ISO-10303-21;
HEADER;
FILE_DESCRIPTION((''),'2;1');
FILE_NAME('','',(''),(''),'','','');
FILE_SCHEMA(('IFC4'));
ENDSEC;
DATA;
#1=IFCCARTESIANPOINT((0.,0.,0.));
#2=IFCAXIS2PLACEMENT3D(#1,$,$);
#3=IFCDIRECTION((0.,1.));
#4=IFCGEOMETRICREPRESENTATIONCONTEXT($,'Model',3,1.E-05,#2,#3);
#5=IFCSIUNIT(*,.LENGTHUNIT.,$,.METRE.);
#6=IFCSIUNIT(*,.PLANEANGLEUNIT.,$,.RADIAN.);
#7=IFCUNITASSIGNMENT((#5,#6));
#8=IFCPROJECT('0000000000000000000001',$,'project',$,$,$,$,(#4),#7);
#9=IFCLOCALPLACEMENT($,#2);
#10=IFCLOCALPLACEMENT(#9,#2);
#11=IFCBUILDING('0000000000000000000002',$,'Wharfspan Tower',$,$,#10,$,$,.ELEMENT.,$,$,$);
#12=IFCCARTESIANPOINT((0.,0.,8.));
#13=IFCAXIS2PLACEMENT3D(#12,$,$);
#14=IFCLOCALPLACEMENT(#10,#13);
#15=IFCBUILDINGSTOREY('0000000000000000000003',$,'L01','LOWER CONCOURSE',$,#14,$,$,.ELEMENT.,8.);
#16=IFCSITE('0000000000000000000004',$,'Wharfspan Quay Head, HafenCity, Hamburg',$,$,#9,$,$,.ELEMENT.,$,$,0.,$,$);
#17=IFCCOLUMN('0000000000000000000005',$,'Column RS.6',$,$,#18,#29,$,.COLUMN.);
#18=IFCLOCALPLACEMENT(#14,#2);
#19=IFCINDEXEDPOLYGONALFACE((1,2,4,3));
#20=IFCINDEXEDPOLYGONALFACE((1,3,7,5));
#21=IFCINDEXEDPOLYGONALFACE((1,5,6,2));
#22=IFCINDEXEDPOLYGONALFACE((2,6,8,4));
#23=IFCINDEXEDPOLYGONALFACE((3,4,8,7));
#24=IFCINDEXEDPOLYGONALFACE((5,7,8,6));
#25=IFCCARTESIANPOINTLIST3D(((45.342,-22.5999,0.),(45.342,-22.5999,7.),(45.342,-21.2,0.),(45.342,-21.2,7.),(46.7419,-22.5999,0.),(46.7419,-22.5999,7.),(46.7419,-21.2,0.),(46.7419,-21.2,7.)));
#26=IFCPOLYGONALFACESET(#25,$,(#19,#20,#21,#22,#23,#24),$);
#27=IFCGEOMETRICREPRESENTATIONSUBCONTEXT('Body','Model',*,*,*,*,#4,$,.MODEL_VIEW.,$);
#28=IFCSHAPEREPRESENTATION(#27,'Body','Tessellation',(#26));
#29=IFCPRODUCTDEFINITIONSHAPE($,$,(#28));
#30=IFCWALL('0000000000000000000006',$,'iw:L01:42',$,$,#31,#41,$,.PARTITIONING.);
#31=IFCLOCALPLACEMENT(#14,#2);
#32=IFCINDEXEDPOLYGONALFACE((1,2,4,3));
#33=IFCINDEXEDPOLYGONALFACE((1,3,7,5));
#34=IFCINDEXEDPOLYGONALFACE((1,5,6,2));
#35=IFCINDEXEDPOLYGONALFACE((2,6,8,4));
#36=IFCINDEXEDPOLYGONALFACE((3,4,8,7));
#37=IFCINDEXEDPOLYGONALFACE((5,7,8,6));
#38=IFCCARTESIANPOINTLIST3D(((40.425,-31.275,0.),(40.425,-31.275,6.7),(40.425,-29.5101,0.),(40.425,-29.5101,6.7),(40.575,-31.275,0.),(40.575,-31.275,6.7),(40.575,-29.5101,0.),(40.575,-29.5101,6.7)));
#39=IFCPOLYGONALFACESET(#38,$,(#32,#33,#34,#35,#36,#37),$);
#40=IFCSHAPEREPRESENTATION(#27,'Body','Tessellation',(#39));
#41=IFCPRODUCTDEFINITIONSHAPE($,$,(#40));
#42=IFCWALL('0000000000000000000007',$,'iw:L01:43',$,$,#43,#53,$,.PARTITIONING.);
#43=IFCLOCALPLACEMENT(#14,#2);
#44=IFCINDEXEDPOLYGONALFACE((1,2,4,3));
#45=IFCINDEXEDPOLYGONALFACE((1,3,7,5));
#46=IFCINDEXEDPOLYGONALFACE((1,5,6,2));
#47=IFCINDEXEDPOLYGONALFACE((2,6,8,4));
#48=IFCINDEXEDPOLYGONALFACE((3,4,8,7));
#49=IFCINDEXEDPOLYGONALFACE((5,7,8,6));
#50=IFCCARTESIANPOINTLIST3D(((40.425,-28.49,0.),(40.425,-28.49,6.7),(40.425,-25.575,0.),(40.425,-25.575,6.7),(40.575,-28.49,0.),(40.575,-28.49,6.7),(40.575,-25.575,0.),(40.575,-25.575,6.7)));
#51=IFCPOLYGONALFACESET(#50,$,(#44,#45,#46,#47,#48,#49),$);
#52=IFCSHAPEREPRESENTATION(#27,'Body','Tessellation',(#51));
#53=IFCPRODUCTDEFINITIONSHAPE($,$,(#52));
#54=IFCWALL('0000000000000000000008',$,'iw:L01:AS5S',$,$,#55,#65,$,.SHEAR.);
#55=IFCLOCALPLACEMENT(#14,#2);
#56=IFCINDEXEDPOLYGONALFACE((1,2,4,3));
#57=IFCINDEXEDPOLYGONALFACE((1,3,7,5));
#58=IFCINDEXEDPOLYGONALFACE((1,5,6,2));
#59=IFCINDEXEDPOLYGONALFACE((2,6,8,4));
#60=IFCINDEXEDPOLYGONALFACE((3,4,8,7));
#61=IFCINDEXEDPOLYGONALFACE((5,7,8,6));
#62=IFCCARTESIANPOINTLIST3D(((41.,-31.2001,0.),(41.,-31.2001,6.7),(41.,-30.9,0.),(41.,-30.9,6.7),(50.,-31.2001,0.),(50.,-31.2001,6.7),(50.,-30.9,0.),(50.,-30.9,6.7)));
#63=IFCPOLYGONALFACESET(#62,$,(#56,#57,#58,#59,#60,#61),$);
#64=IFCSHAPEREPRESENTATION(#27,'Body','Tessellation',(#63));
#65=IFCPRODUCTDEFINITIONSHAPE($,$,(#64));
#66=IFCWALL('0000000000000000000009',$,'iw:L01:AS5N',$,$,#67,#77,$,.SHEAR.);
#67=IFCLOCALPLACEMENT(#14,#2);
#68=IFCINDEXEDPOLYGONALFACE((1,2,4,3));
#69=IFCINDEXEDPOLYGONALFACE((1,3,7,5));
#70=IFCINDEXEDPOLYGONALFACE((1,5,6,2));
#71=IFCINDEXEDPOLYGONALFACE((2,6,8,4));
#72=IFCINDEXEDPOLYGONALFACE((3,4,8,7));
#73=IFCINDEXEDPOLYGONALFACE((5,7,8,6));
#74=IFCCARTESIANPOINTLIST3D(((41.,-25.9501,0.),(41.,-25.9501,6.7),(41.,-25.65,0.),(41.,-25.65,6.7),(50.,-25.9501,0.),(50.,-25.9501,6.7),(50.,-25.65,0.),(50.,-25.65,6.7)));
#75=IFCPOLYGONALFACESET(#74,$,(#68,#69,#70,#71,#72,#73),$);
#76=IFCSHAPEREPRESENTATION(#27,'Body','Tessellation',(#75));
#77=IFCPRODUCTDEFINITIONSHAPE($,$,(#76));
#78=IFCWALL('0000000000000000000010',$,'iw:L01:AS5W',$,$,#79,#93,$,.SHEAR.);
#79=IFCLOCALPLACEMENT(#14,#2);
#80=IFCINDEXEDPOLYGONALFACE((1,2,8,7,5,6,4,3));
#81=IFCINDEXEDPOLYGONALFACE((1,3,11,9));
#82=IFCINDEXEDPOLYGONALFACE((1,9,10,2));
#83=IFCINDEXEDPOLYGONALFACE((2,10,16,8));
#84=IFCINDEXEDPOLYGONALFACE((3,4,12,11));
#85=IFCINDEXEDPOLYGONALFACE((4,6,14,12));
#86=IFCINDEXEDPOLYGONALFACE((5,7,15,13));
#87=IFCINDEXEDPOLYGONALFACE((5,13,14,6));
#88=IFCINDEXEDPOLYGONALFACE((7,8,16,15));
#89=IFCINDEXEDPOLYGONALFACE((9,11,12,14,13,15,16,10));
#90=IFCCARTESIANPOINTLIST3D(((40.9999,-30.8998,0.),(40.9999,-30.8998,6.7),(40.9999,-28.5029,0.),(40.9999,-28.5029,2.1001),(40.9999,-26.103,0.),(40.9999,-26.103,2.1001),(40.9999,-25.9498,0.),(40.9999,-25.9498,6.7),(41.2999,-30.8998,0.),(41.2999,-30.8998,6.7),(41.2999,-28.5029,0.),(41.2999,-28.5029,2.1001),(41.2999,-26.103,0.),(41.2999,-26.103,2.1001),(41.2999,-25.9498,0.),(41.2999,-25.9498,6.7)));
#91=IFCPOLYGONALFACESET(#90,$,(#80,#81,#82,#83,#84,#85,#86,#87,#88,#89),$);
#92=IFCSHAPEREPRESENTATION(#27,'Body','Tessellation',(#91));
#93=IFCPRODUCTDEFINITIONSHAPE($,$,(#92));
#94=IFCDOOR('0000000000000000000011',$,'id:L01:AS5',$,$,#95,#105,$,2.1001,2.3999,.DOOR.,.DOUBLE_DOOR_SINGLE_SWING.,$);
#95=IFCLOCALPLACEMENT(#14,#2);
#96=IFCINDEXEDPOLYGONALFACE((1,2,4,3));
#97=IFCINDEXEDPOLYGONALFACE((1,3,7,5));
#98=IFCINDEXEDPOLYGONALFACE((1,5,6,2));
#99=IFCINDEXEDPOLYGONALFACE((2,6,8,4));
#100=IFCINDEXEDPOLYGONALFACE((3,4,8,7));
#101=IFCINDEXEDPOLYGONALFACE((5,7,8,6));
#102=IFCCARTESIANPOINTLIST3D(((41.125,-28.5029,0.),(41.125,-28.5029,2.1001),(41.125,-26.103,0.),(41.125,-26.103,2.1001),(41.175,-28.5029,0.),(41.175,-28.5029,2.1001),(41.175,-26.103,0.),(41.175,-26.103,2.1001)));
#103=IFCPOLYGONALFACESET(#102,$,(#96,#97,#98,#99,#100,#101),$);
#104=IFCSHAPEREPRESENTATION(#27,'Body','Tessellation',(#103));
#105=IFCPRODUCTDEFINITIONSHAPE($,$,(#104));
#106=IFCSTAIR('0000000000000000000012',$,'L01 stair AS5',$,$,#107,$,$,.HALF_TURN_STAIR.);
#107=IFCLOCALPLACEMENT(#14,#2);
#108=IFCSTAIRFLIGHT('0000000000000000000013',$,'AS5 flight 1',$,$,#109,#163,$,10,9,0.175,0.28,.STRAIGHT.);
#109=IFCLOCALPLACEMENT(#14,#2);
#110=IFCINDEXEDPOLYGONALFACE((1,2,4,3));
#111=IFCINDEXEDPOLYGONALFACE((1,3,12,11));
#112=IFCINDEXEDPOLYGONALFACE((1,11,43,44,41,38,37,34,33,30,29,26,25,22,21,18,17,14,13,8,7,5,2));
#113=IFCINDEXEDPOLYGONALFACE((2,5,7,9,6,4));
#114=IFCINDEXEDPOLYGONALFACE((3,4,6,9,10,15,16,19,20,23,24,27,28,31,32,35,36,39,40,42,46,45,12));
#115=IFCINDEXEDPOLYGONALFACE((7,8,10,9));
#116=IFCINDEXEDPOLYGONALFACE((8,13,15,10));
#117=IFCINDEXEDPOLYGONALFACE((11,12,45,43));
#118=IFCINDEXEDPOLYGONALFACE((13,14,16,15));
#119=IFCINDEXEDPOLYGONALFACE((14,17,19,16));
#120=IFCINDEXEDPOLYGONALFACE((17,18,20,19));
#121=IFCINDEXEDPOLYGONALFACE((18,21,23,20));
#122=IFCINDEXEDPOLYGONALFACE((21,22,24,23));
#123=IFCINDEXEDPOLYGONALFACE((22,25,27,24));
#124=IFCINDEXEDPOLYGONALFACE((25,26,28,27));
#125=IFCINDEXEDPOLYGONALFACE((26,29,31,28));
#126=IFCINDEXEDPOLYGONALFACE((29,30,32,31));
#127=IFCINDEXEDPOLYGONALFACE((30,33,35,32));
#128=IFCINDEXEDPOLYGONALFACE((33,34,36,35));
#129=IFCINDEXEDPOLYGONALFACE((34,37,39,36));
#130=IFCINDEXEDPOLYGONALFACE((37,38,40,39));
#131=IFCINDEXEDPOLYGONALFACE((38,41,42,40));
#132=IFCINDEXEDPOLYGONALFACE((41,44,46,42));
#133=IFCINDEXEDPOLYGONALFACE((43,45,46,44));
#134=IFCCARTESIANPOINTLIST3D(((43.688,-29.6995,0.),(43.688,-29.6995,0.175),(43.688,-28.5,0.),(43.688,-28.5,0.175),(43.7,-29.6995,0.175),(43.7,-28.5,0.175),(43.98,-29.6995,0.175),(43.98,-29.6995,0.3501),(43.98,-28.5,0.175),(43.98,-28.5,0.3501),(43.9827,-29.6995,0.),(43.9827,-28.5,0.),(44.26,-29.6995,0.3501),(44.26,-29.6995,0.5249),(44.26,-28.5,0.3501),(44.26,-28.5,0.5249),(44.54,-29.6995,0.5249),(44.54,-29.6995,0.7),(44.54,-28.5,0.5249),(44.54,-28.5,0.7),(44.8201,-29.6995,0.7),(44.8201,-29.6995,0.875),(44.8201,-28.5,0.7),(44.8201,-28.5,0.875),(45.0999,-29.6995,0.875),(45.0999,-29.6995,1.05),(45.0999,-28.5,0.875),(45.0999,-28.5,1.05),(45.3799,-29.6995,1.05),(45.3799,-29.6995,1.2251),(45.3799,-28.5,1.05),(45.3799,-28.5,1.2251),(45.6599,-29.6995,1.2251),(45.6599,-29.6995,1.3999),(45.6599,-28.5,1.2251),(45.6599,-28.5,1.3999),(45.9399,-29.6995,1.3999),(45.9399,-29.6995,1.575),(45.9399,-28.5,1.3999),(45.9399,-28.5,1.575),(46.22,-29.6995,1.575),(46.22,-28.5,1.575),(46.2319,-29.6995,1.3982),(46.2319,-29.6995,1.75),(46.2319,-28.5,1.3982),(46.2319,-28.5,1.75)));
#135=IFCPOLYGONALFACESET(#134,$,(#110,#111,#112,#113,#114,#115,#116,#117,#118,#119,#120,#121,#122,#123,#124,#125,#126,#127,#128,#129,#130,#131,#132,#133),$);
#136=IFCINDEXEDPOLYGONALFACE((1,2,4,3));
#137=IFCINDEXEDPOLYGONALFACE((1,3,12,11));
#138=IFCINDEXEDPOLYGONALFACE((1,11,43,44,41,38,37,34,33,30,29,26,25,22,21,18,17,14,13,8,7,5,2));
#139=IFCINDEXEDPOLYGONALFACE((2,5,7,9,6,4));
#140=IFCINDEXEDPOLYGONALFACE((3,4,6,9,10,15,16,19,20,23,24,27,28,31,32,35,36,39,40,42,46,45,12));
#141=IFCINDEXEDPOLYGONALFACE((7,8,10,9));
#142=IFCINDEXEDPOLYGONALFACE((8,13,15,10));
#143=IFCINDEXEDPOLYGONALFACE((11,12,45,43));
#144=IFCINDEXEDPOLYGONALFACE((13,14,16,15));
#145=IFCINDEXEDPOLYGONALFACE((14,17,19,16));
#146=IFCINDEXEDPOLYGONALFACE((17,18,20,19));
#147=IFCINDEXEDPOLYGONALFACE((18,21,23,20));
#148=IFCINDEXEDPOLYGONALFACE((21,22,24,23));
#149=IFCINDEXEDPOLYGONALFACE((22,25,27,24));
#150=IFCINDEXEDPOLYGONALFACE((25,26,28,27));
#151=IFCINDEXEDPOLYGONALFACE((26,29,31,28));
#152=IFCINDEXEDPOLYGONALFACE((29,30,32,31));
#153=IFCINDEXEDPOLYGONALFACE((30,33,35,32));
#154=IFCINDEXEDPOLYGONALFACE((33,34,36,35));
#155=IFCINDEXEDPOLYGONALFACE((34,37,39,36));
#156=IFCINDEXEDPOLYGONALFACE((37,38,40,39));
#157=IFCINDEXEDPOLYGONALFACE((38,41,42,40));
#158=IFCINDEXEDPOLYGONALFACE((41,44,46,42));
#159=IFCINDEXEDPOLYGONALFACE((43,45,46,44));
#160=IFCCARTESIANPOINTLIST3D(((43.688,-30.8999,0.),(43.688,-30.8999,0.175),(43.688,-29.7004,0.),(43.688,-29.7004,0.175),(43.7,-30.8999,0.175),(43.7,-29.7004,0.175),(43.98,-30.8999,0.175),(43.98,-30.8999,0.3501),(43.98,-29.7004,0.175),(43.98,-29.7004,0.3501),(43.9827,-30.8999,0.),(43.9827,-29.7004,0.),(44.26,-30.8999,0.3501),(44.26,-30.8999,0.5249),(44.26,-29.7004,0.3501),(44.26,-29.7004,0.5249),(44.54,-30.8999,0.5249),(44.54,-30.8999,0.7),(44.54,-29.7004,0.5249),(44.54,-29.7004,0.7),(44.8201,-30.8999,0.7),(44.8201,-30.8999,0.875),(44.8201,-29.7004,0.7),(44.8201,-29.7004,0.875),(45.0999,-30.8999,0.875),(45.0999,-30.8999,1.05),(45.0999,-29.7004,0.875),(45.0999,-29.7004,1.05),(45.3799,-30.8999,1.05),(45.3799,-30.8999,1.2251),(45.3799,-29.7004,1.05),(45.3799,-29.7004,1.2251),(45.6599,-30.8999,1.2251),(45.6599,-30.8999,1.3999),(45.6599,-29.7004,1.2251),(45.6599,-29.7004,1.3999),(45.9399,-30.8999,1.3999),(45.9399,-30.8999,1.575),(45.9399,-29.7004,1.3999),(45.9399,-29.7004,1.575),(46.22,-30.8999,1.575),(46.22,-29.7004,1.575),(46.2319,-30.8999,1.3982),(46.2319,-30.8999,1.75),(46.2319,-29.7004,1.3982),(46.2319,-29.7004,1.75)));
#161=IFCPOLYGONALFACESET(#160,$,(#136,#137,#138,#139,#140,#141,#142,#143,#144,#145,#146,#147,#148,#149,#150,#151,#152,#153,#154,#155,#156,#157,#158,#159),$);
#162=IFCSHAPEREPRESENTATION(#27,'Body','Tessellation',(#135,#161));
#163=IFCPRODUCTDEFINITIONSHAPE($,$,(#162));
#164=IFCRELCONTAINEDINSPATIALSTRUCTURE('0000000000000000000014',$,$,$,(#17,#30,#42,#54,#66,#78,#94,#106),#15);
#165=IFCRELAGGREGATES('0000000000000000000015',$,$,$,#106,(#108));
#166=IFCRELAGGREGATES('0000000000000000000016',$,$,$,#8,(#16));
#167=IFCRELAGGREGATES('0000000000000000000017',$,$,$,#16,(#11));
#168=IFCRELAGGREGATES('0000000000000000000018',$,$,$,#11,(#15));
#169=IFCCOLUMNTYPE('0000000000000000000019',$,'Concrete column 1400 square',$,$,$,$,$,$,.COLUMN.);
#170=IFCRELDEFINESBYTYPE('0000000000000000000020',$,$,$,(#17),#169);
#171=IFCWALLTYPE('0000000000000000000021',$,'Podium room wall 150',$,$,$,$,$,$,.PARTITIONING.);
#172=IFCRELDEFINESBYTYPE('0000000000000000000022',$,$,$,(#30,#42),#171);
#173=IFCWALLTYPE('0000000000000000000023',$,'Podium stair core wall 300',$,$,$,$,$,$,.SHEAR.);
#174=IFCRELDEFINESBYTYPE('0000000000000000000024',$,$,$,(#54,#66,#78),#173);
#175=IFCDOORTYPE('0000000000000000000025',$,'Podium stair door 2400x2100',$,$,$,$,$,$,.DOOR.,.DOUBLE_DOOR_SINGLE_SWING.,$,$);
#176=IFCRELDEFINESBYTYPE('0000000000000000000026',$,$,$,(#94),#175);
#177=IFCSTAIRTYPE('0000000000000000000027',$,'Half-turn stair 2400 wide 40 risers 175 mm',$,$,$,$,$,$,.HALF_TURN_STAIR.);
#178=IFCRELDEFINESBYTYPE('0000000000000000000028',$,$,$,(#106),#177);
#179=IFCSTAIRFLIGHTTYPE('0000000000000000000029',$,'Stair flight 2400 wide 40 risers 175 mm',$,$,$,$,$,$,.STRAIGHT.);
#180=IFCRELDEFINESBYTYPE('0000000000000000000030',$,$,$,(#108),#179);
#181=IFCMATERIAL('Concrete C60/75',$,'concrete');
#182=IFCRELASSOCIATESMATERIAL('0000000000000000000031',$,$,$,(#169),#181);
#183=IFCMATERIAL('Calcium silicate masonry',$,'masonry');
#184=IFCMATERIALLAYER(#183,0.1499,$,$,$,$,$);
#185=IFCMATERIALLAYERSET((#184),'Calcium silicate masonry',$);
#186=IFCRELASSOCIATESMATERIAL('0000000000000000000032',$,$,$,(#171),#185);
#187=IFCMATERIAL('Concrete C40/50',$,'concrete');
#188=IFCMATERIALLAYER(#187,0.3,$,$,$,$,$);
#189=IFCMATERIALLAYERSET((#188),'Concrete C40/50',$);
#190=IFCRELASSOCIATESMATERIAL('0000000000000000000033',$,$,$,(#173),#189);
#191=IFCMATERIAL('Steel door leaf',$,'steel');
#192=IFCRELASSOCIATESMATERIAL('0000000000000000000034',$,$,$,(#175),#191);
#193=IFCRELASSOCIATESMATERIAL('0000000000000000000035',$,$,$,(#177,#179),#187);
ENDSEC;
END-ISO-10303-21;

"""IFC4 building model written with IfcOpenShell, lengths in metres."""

from ifc_helpers import new_model, si_unit, direction, frame, frame_2d, origin, origin_2d, place, context, subcontext, project, spatial, polyline, rectangle, outline, extrude, material, layer, layer_set, material_profile, profile_set, type_object, element, fill, aggregate, save


model = new_model("IFC4")

# Units and contexts
model_context = context("Model", 3, precision=1e-05, world=origin(), true_north=direction((0.0, 1.0)))
body_context = subcontext(model_context, "Body", "Model", "MODEL_VIEW")
ifc_project = project(units=[si_unit("LENGTHUNIT", "METRE"), si_unit("PLANEANGLEUNIT", "RADIAN")], contexts=[model_context])

# Site, building, storey
site_placement = place(None, origin())
site = spatial("IfcSite", under=ifc_project, at=site_placement, Name="Wharfspan Quay Head, HafenCity, Hamburg", CompositionType="ELEMENT", RefElevation=0.0)
building_placement = place(site_placement, origin())
building = spatial("IfcBuilding", under=site, at=building_placement, Name="Wharfspan Tower", CompositionType="ELEMENT")
storey_placement = place(building_placement, frame((0.0, 0.0, 8.0)))
storey = spatial("IfcBuildingStorey", under=building, at=storey_placement, Name="L01", Description="LOWER CONCOURSE", CompositionType="ELEMENT", Elevation=8.0)

# Column
ifc_material_1 = material(Name="Concrete C60/75", Category="concrete")
ifc_material_profile = material_profile(ifc_material_1, rectangle(XDim=1.3999, YDim=1.3999, at=origin_2d()))
ifc_profile_set = profile_set([ifc_material_profile], Name="Concrete C60/75")
column_type = type_object("IfcColumnType", Name="Concrete column 1400 square", PredefinedType="COLUMN", material=ifc_profile_set)
column_placement = place(storey_placement, frame((46.042, -21.8999, 0.0), z_axis=(0.0, 0.0, 1.0), x_axis=(1.0, 0.0, 0.0)))
element("IfcColumn", 1, at=column_placement, inside=storey, type_object=column_type, Name="Column RS.6", PredefinedType="COLUMN", context=body_context, shape_type="SweptSolid", body=[
    extrude(rectangle(XDim=1.3999, YDim=1.3999, at=origin_2d()), origin(), (0.0, 0.0, 1.0), 7.0),
])

# Walls
ifc_material_2 = material(Name="Calcium silicate masonry", Category="masonry")
ifc_layer_1 = layer(ifc_material_2, 0.1499)
ifc_layer_set_1 = layer_set([ifc_layer_1], Name="Calcium silicate masonry")
wall_type_1 = type_object("IfcWallType", Name="Podium room wall 150", PredefinedType="PARTITIONING", material=ifc_layer_set_1)
wall_1_placement = place(storey_placement, frame((40.5, -31.2749, 0.0), z_axis=(0.0, 0.0, 1.0), x_axis=(0.0, 1.0, 0.0)))
element("IfcWall", 2, at=wall_1_placement, inside=storey, type_object=wall_type_1, Name="iw:L01:42", PredefinedType="PARTITIONING", context=body_context, shape_type="SweptSolid", body=[
    extrude(rectangle(XDim=1.7649, YDim=0.1499, at=frame_2d((0.8823, 0.0))), origin(), (0.0, 0.0, 1.0), 6.7),
])
wall_2_placement = place(storey_placement, frame((40.5, -28.49, 0.0), z_axis=(0.0, 0.0, 1.0), x_axis=(0.0, 1.0, 0.0)))
element("IfcWall", 3, at=wall_2_placement, inside=storey, type_object=wall_type_1, Name="iw:L01:43", PredefinedType="PARTITIONING", context=body_context, shape_type="SweptSolid", body=[
    extrude(rectangle(XDim=2.915, YDim=0.1499, at=frame_2d((1.4575, 0.0))), origin(), (0.0, 0.0, 1.0), 6.7),
])
ifc_material_3 = material(Name="Concrete C40/50", Category="concrete")
ifc_layer_2 = layer(ifc_material_3, 0.3)
ifc_layer_set_2 = layer_set([ifc_layer_2], Name="Concrete C40/50")
wall_type_2 = type_object("IfcWallType", Name="Podium stair core wall 300", PredefinedType="SHEAR", material=ifc_layer_set_2)
for number, where, z_axis, x_axis, name in (
    (4, (41.0, -31.05, 0.0), (0.0, 0.0, 1.0), (1.0, 0.0, 0.0), "iw:L01:AS5S"),
    (5, (41.0, -25.8, 0.0), (0.0, 0.0, 1.0), (1.0, 0.0, 0.0), "iw:L01:AS5N"),
):
    element("IfcWall", number, at=place(storey_placement, frame(where, z_axis=z_axis, x_axis=x_axis)), inside=storey, type_object=wall_type_2, Name=name, PredefinedType="SHEAR", context=body_context, shape_type="SweptSolid", body=[
        extrude(rectangle(XDim=9.0, YDim=0.3, at=frame_2d((4.5, 0.0))), origin(), (0.0, 0.0, 1.0), 6.7),
    ])

# Wall, opening, door
wall_3_placement = place(storey_placement, frame((41.1499, -30.8999, 0.0), z_axis=(0.0, 0.0, 1.0), x_axis=(0.0, 1.0, 0.0)))
wall_3 = element("IfcWall", 6, at=wall_3_placement, inside=storey, type_object=wall_type_2, Name="iw:L01:AS5W", PredefinedType="SHEAR", context=body_context, shape_type="SweptSolid", body=[
    extrude(rectangle(XDim=4.95, YDim=0.3, at=frame_2d((2.4751, 0.0))), origin(), (0.0, 0.0, 1.0), 6.7),
])
opening_placement = place(wall_3_placement, frame((2.397, 0.0, 0.0)))
opening = element("IfcOpeningElement", 7, at=opening_placement, cuts=wall_3, PredefinedType="OPENING", context=body_context, shape_type="SweptSolid", body=[
    extrude(rectangle(XDim=2.3999, YDim=2.1001, at=frame_2d((1.2, 1.05))), frame((0.0, 0.1599, 0.0), z_axis=(0.0, -1.0, 0.0), x_axis=(1.0, 0.0, 0.0)), (0.0, 0.0, 1.0), 0.3201),
])
ifc_material_4 = material(Name="Steel door leaf", Category="steel")
door_type = type_object("IfcDoorType", Name="Podium stair door 2400x2100", OperationType="DOUBLE_DOOR_SINGLE_SWING", PredefinedType="DOOR", material=ifc_material_4)
door_placement = place(opening_placement, origin())
door = element("IfcDoor", 8, at=door_placement, inside=storey, type_object=door_type, Name="id:L01:AS5", OperationType="DOUBLE_DOOR_SINGLE_SWING", OverallHeight=2.1001, OverallWidth=2.3999, PredefinedType="DOOR", context=body_context, shape_type="SweptSolid", body=[
    extrude(rectangle(XDim=2.3999, YDim=2.1001, at=frame_2d((1.2, 1.05))), frame((0.0, 0.0249, 0.0), z_axis=(0.0, -1.0, 0.0), x_axis=(1.0, 0.0, 0.0)), (0.0, 0.0, 1.0), 0.05),
])
fill(opening, door)

# Stair, stair flight
stair_type = type_object("IfcStairType", Name="Half-turn stair 2400 wide 40 risers 175 mm", PredefinedType="HALF_TURN_STAIR", material=ifc_material_3)
stair_placement = place(storey_placement, origin())
stair = element("IfcStair", 9, at=stair_placement, inside=storey, type_object=stair_type, Name="L01 stair AS5", PredefinedType="HALF_TURN_STAIR")
stair_flight_type = type_object("IfcStairFlightType", Name="Stair flight 2400 wide 40 risers 175 mm", PredefinedType="STRAIGHT", material=ifc_material_3)
stair_flight_1_placement = place(storey_placement, frame((43.7, -29.7, 0.0), z_axis=(0.0, 0.0, 1.0), x_axis=(1.0, 0.0, 0.0)))
stair_flight_1 = element("IfcStairFlight", 10, at=stair_flight_1_placement, type_object=stair_flight_type, Name="AS5 flight 1", NumberOfRisers=10, NumberOfTreads=9, PredefinedType="STRAIGHT", RiserHeight=0.175, TreadLength=0.28, context=body_context, shape_type="SweptSolid", body=[
    extrude(outline(polyline([(-0.012, 0.0), (-0.012, 0.175), (0.0, 0.175), (0.28, 0.175), (0.28, 0.3501), (0.5601, 0.3501), (0.5601, 0.5249), (0.8401, 0.5249), (0.8401, 0.7), (1.1201, 0.7), (1.1201, 0.875), (1.3999, 0.875), (1.3999, 1.05), (1.6799, 1.05), (1.6799, 1.2251), (1.96, 1.2251), (1.96, 1.3999), (2.24, 1.3999), (2.24, 1.575), (2.52, 1.575), (2.532, 1.75), (2.532, 1.3982), (0.2827, 0.0), (-0.012, 0.0)])), frame((0.0, 1.2, 0.0), z_axis=(0.0, -1.0, 0.0), x_axis=(1.0, 0.0, 0.0)), (0.0, 0.0, 1.0), 1.1995),
    extrude(outline(polyline([(-0.012, 0.0), (-0.012, 0.175), (0.0, 0.175), (0.28, 0.175), (0.28, 0.3501), (0.5601, 0.3501), (0.5601, 0.5249), (0.8401, 0.5249), (0.8401, 0.7), (1.1201, 0.7), (1.1201, 0.875), (1.3999, 0.875), (1.3999, 1.05), (1.6799, 1.05), (1.6799, 1.2251), (1.96, 1.2251), (1.96, 1.3999), (2.24, 1.3999), (2.24, 1.575), (2.52, 1.575), (2.532, 1.75), (2.532, 1.3982), (0.2827, 0.0), (-0.012, 0.0)])), frame((0.0, -0.0005, 0.0), z_axis=(0.0, -1.0, 0.0), x_axis=(1.0, 0.0, 0.0)), (0.0, 0.0, 1.0), 1.1995),
])
aggregate(stair, [stair_flight_1])

save(model, "model.ifc")
